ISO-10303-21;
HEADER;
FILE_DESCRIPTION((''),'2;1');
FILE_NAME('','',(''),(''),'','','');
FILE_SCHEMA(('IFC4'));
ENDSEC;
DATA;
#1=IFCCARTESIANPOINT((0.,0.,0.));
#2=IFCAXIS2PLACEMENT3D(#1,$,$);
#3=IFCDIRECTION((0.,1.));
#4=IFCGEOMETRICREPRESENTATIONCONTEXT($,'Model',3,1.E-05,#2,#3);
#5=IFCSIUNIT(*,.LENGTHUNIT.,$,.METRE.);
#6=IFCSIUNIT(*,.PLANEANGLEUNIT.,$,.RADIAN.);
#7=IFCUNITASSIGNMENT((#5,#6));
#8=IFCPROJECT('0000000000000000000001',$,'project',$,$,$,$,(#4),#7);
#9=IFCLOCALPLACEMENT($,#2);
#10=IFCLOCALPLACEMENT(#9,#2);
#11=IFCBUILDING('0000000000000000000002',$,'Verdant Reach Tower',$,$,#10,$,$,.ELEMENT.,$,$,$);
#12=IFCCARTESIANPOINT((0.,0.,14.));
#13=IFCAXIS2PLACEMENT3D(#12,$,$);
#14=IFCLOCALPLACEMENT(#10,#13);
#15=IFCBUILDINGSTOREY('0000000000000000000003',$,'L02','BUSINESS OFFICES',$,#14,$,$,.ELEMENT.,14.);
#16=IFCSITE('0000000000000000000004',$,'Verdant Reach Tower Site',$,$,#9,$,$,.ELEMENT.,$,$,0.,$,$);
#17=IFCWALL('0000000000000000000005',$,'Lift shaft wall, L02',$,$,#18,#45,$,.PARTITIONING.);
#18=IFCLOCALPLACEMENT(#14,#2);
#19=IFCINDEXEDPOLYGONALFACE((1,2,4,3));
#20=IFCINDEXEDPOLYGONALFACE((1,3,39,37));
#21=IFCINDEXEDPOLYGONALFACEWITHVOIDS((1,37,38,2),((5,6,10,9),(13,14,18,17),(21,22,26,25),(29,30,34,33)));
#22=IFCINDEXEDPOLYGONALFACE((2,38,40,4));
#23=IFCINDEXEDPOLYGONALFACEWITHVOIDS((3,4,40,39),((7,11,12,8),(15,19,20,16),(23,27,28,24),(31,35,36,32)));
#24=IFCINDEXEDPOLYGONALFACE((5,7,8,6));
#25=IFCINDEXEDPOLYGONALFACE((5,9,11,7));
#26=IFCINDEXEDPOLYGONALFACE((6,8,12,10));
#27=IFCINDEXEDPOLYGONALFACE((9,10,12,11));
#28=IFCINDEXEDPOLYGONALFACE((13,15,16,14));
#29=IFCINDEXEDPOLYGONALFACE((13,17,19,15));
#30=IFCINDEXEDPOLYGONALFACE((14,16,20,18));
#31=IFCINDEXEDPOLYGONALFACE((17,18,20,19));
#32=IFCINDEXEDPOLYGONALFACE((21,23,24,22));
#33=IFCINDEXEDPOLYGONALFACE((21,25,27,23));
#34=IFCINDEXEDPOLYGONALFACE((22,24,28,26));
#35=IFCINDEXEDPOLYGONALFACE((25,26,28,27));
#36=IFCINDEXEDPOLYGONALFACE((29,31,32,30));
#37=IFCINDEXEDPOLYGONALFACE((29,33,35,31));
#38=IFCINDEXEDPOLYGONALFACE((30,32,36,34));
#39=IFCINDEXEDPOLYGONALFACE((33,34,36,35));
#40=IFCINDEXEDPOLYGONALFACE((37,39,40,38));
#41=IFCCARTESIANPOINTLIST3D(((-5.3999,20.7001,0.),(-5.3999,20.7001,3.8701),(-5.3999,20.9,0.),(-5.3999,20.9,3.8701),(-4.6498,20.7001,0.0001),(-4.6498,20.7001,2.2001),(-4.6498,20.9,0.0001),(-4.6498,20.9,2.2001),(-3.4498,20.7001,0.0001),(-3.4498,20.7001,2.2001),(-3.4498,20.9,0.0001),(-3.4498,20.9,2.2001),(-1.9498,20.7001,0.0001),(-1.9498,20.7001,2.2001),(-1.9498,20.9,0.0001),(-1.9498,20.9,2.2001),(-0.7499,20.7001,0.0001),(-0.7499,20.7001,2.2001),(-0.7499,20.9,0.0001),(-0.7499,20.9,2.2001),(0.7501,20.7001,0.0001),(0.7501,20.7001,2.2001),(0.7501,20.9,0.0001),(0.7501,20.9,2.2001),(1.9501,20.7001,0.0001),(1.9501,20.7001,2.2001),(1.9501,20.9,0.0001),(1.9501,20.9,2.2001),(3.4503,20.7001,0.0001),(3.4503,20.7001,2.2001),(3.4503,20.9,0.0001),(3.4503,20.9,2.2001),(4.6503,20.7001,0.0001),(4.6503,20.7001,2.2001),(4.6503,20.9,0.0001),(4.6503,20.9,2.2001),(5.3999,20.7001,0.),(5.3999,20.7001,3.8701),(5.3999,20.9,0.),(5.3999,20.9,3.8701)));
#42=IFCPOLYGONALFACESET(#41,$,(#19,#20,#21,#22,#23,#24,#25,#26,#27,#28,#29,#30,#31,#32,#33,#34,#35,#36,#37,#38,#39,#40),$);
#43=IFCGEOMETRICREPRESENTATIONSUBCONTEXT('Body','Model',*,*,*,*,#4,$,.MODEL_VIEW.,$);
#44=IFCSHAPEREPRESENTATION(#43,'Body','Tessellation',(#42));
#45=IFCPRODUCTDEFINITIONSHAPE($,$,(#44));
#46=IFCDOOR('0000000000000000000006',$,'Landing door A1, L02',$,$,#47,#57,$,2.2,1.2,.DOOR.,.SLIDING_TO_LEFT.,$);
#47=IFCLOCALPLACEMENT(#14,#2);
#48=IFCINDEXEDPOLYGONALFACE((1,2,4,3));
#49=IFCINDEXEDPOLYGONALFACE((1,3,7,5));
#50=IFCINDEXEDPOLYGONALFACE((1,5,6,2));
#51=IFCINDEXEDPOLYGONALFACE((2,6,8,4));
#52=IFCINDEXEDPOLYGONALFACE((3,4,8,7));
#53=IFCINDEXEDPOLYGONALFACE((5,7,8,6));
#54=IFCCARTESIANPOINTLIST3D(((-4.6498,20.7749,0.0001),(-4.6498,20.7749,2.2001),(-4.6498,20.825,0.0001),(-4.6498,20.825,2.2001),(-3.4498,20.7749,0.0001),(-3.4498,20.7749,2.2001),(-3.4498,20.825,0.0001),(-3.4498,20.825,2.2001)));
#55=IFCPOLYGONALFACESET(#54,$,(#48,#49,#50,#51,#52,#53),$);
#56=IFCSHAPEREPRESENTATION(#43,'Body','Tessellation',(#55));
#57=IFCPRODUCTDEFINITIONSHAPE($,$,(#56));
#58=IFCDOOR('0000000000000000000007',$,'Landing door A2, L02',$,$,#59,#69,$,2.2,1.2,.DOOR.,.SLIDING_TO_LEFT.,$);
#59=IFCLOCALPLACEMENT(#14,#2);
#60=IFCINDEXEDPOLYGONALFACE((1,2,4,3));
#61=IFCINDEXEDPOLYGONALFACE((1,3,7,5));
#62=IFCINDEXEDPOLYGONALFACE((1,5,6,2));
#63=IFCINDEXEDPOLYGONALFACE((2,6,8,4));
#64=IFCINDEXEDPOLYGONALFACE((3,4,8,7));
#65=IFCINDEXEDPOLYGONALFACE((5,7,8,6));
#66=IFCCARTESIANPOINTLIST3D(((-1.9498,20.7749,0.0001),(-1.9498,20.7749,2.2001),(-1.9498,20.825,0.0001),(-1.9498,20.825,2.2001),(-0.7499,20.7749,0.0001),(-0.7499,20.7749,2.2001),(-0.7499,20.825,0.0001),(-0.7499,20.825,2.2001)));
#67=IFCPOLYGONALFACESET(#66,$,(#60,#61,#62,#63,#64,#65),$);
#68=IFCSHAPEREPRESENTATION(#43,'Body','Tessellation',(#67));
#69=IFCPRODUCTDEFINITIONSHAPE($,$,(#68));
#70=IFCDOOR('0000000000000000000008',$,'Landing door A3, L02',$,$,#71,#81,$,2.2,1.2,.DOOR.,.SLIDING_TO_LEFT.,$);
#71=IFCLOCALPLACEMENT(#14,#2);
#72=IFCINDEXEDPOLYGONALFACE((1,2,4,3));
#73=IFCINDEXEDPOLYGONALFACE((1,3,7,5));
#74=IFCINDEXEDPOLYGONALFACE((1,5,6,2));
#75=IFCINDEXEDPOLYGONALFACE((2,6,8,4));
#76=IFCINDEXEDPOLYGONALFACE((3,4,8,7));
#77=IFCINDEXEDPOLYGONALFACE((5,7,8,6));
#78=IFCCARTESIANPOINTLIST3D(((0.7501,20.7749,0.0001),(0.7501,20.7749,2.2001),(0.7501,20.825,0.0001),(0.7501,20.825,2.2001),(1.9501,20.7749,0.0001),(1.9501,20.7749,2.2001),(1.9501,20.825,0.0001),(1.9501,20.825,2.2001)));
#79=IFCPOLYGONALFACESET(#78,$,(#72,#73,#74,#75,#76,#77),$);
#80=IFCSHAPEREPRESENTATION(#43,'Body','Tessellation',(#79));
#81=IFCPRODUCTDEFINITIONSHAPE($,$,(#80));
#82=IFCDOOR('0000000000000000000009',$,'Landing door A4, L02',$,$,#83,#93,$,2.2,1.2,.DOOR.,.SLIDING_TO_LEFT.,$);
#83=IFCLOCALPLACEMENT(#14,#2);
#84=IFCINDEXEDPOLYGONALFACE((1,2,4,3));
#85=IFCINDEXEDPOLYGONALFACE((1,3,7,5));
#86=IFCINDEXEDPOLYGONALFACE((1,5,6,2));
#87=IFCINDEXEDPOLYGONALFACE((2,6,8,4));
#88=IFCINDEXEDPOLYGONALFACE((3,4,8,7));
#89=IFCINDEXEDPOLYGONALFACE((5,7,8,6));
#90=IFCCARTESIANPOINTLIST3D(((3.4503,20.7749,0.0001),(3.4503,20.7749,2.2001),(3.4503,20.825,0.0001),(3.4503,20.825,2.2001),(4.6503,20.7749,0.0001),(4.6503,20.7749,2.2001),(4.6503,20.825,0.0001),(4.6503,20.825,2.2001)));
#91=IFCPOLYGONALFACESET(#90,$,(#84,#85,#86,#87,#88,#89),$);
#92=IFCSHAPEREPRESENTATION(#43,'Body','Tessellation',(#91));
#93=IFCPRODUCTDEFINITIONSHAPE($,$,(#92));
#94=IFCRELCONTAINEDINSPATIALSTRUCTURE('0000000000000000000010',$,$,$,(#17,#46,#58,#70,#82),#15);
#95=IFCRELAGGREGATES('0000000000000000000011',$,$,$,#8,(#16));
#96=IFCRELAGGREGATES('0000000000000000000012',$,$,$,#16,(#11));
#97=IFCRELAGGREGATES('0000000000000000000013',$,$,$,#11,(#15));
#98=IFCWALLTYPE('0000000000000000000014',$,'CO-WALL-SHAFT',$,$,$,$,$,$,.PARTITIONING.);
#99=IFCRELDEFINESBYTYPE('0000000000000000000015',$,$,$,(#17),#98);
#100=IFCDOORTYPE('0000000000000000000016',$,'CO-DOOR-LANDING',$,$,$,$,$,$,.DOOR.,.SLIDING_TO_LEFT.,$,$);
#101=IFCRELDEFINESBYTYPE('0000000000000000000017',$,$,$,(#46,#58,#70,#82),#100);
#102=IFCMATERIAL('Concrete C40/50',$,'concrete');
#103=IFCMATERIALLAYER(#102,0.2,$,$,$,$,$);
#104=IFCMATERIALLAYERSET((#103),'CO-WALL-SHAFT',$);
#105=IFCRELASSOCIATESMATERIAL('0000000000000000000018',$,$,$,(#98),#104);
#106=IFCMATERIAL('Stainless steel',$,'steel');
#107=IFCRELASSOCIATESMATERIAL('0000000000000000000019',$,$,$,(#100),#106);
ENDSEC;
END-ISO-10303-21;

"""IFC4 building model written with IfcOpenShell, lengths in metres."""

from ifc_helpers import new_model, si_unit, direction, frame, frame_2d, origin, place, context, subcontext, project, spatial, rectangle, extrude, material, layer, layer_set, type_object, element, fill, save


model = new_model("IFC4")

# Units and contexts
model_context = context("Model", 3, precision=1e-05, world=origin(), true_north=direction((0.0, 1.0)))
body_context = subcontext(model_context, "Body", "Model", "MODEL_VIEW")
ifc_project = project(units=[si_unit("LENGTHUNIT", "METRE"), si_unit("PLANEANGLEUNIT", "RADIAN")], contexts=[model_context])

# Site, building, storey
site_placement = place(None, origin())
site = spatial("IfcSite", under=ifc_project, at=site_placement, Name="Verdant Reach Tower Site", CompositionType="ELEMENT", RefElevation=0.0)
building_placement = place(site_placement, origin())
building = spatial("IfcBuilding", under=site, at=building_placement, Name="Verdant Reach Tower", CompositionType="ELEMENT")
storey_placement = place(building_placement, frame((0.0, 0.0, 14.0)))
storey = spatial("IfcBuildingStorey", under=building, at=storey_placement, Name="L02", Description="BUSINESS OFFICES", CompositionType="ELEMENT", Elevation=14.0)

# Wall, openings, doors
ifc_material_1 = material(Name="Concrete C40/50", Category="concrete")
ifc_layer_1 = layer(ifc_material_1, 0.2)
ifc_layer_set_1 = layer_set([ifc_layer_1], Name="CO-WALL-SHAFT")
wall_type_1 = type_object("IfcWallType", Name="CO-WALL-SHAFT", PredefinedType="PARTITIONING", material=ifc_layer_set_1)
wall_1_placement = place(storey_placement, frame((-5.3999, 20.8, 0.0), z_axis=(0.0, 0.0, 1.0), x_axis=(1.0, 0.0, 0.0)))
wall_1 = element("IfcWall", 1, at=wall_1_placement, inside=storey, type_object=wall_type_1, Name="Lift shaft wall, L02", PredefinedType="PARTITIONING", context=body_context, shape_type="SweptSolid", body=[
    extrude(rectangle(XDim=10.7998, YDim=0.2, at=frame_2d((5.3999, 0.0))), origin(), (0.0, 0.0, 1.0), 3.8701),
])
opening_1_placement = place(wall_1_placement, frame((0.75, 0.0, 0.0)))
opening_1 = element("IfcOpeningElement", 2, at=opening_1_placement, cuts=wall_1, PredefinedType="OPENING", context=body_context, shape_type="SweptSolid", body=[
    extrude(rectangle(XDim=1.2, YDim=2.2, at=frame_2d((0.6001, 1.1001))), frame((0.0, 0.1099, 0.0), z_axis=(0.0, -1.0, 0.0), x_axis=(1.0, 0.0, 0.0)), (0.0, 0.0, 1.0), 0.22),
])
opening_2_placement = place(wall_1_placement, frame((3.45, 0.0, 0.0)))
opening_2 = element("IfcOpeningElement", 3, at=opening_2_placement, cuts=wall_1, PredefinedType="OPENING", context=body_context, shape_type="SweptSolid", body=[
    extrude(rectangle(XDim=1.2, YDim=2.2, at=frame_2d((0.6001, 1.1001))), frame((0.0, 0.1099, 0.0), z_axis=(0.0, -1.0, 0.0), x_axis=(1.0, 0.0, 0.0)), (0.0, 0.0, 1.0), 0.22),
])
opening_3_placement = place(wall_1_placement, frame((6.1499, 0.0, 0.0)))
opening_3 = element("IfcOpeningElement", 4, at=opening_3_placement, cuts=wall_1, PredefinedType="OPENING", context=body_context, shape_type="SweptSolid", body=[
    extrude(rectangle(XDim=1.2, YDim=2.2, at=frame_2d((0.6001, 1.1001))), frame((0.0, 0.1099, 0.0), z_axis=(0.0, -1.0, 0.0), x_axis=(1.0, 0.0, 0.0)), (0.0, 0.0, 1.0), 0.22),
])
opening_4_placement = place(wall_1_placement, frame((8.8501, 0.0, 0.0)))
opening_4 = element("IfcOpeningElement", 5, at=opening_4_placement, cuts=wall_1, PredefinedType="OPENING", context=body_context, shape_type="SweptSolid", body=[
    extrude(rectangle(XDim=1.2, YDim=2.2, at=frame_2d((0.6001, 1.1001))), frame((0.0, 0.1099, 0.0), z_axis=(0.0, -1.0, 0.0), x_axis=(1.0, 0.0, 0.0)), (0.0, 0.0, 1.0), 0.22),
])
ifc_material_2 = material(Name="Stainless steel", Category="steel")
door_type_1 = type_object("IfcDoorType", Name="CO-DOOR-LANDING", OperationType="SLIDING_TO_LEFT", PredefinedType="DOOR", material=ifc_material_2)
door_1_placement = place(opening_1_placement, origin())
door_1 = element("IfcDoor", 6, at=door_1_placement, inside=storey, type_object=door_type_1, Name="Landing door A1, L02", OperationType="SLIDING_TO_LEFT", OverallHeight=2.2, OverallWidth=1.2, PredefinedType="DOOR", context=body_context, shape_type="SweptSolid", body=[
    extrude(rectangle(XDim=1.2, YDim=2.2, at=frame_2d((0.6001, 1.1001))), frame((0.0, 0.0249, 0.0), z_axis=(0.0, -1.0, 0.0), x_axis=(1.0, 0.0, 0.0)), (0.0, 0.0, 1.0), 0.05),
])
fill(opening_1, door_1)
door_2_placement = place(opening_2_placement, origin())
door_2 = element("IfcDoor", 7, at=door_2_placement, inside=storey, type_object=door_type_1, Name="Landing door A2, L02", OperationType="SLIDING_TO_LEFT", OverallHeight=2.2, OverallWidth=1.2, PredefinedType="DOOR", context=body_context, shape_type="SweptSolid", body=[
    extrude(rectangle(XDim=1.2, YDim=2.2, at=frame_2d((0.6001, 1.1001))), frame((0.0, 0.0249, 0.0), z_axis=(0.0, -1.0, 0.0), x_axis=(1.0, 0.0, 0.0)), (0.0, 0.0, 1.0), 0.05),
])
fill(opening_2, door_2)
door_3_placement = place(opening_3_placement, origin())
door_3 = element("IfcDoor", 8, at=door_3_placement, inside=storey, type_object=door_type_1, Name="Landing door A3, L02", OperationType="SLIDING_TO_LEFT", OverallHeight=2.2, OverallWidth=1.2, PredefinedType="DOOR", context=body_context, shape_type="SweptSolid", body=[
    extrude(rectangle(XDim=1.2, YDim=2.2, at=frame_2d((0.6001, 1.1001))), frame((0.0, 0.0249, 0.0), z_axis=(0.0, -1.0, 0.0), x_axis=(1.0, 0.0, 0.0)), (0.0, 0.0, 1.0), 0.05),
])
fill(opening_3, door_3)
door_4_placement = place(opening_4_placement, origin())
door_4 = element("IfcDoor", 9, at=door_4_placement, inside=storey, type_object=door_type_1, Name="Landing door A4, L02", OperationType="SLIDING_TO_LEFT", OverallHeight=2.2, OverallWidth=1.2, PredefinedType="DOOR", context=body_context, shape_type="SweptSolid", body=[
    extrude(rectangle(XDim=1.2, YDim=2.2, at=frame_2d((0.6001, 1.1001))), frame((0.0, 0.0249, 0.0), z_axis=(0.0, -1.0, 0.0), x_axis=(1.0, 0.0, 0.0)), (0.0, 0.0, 1.0), 0.05),
])
fill(opening_4, door_4)

save(model, "model.ifc")
